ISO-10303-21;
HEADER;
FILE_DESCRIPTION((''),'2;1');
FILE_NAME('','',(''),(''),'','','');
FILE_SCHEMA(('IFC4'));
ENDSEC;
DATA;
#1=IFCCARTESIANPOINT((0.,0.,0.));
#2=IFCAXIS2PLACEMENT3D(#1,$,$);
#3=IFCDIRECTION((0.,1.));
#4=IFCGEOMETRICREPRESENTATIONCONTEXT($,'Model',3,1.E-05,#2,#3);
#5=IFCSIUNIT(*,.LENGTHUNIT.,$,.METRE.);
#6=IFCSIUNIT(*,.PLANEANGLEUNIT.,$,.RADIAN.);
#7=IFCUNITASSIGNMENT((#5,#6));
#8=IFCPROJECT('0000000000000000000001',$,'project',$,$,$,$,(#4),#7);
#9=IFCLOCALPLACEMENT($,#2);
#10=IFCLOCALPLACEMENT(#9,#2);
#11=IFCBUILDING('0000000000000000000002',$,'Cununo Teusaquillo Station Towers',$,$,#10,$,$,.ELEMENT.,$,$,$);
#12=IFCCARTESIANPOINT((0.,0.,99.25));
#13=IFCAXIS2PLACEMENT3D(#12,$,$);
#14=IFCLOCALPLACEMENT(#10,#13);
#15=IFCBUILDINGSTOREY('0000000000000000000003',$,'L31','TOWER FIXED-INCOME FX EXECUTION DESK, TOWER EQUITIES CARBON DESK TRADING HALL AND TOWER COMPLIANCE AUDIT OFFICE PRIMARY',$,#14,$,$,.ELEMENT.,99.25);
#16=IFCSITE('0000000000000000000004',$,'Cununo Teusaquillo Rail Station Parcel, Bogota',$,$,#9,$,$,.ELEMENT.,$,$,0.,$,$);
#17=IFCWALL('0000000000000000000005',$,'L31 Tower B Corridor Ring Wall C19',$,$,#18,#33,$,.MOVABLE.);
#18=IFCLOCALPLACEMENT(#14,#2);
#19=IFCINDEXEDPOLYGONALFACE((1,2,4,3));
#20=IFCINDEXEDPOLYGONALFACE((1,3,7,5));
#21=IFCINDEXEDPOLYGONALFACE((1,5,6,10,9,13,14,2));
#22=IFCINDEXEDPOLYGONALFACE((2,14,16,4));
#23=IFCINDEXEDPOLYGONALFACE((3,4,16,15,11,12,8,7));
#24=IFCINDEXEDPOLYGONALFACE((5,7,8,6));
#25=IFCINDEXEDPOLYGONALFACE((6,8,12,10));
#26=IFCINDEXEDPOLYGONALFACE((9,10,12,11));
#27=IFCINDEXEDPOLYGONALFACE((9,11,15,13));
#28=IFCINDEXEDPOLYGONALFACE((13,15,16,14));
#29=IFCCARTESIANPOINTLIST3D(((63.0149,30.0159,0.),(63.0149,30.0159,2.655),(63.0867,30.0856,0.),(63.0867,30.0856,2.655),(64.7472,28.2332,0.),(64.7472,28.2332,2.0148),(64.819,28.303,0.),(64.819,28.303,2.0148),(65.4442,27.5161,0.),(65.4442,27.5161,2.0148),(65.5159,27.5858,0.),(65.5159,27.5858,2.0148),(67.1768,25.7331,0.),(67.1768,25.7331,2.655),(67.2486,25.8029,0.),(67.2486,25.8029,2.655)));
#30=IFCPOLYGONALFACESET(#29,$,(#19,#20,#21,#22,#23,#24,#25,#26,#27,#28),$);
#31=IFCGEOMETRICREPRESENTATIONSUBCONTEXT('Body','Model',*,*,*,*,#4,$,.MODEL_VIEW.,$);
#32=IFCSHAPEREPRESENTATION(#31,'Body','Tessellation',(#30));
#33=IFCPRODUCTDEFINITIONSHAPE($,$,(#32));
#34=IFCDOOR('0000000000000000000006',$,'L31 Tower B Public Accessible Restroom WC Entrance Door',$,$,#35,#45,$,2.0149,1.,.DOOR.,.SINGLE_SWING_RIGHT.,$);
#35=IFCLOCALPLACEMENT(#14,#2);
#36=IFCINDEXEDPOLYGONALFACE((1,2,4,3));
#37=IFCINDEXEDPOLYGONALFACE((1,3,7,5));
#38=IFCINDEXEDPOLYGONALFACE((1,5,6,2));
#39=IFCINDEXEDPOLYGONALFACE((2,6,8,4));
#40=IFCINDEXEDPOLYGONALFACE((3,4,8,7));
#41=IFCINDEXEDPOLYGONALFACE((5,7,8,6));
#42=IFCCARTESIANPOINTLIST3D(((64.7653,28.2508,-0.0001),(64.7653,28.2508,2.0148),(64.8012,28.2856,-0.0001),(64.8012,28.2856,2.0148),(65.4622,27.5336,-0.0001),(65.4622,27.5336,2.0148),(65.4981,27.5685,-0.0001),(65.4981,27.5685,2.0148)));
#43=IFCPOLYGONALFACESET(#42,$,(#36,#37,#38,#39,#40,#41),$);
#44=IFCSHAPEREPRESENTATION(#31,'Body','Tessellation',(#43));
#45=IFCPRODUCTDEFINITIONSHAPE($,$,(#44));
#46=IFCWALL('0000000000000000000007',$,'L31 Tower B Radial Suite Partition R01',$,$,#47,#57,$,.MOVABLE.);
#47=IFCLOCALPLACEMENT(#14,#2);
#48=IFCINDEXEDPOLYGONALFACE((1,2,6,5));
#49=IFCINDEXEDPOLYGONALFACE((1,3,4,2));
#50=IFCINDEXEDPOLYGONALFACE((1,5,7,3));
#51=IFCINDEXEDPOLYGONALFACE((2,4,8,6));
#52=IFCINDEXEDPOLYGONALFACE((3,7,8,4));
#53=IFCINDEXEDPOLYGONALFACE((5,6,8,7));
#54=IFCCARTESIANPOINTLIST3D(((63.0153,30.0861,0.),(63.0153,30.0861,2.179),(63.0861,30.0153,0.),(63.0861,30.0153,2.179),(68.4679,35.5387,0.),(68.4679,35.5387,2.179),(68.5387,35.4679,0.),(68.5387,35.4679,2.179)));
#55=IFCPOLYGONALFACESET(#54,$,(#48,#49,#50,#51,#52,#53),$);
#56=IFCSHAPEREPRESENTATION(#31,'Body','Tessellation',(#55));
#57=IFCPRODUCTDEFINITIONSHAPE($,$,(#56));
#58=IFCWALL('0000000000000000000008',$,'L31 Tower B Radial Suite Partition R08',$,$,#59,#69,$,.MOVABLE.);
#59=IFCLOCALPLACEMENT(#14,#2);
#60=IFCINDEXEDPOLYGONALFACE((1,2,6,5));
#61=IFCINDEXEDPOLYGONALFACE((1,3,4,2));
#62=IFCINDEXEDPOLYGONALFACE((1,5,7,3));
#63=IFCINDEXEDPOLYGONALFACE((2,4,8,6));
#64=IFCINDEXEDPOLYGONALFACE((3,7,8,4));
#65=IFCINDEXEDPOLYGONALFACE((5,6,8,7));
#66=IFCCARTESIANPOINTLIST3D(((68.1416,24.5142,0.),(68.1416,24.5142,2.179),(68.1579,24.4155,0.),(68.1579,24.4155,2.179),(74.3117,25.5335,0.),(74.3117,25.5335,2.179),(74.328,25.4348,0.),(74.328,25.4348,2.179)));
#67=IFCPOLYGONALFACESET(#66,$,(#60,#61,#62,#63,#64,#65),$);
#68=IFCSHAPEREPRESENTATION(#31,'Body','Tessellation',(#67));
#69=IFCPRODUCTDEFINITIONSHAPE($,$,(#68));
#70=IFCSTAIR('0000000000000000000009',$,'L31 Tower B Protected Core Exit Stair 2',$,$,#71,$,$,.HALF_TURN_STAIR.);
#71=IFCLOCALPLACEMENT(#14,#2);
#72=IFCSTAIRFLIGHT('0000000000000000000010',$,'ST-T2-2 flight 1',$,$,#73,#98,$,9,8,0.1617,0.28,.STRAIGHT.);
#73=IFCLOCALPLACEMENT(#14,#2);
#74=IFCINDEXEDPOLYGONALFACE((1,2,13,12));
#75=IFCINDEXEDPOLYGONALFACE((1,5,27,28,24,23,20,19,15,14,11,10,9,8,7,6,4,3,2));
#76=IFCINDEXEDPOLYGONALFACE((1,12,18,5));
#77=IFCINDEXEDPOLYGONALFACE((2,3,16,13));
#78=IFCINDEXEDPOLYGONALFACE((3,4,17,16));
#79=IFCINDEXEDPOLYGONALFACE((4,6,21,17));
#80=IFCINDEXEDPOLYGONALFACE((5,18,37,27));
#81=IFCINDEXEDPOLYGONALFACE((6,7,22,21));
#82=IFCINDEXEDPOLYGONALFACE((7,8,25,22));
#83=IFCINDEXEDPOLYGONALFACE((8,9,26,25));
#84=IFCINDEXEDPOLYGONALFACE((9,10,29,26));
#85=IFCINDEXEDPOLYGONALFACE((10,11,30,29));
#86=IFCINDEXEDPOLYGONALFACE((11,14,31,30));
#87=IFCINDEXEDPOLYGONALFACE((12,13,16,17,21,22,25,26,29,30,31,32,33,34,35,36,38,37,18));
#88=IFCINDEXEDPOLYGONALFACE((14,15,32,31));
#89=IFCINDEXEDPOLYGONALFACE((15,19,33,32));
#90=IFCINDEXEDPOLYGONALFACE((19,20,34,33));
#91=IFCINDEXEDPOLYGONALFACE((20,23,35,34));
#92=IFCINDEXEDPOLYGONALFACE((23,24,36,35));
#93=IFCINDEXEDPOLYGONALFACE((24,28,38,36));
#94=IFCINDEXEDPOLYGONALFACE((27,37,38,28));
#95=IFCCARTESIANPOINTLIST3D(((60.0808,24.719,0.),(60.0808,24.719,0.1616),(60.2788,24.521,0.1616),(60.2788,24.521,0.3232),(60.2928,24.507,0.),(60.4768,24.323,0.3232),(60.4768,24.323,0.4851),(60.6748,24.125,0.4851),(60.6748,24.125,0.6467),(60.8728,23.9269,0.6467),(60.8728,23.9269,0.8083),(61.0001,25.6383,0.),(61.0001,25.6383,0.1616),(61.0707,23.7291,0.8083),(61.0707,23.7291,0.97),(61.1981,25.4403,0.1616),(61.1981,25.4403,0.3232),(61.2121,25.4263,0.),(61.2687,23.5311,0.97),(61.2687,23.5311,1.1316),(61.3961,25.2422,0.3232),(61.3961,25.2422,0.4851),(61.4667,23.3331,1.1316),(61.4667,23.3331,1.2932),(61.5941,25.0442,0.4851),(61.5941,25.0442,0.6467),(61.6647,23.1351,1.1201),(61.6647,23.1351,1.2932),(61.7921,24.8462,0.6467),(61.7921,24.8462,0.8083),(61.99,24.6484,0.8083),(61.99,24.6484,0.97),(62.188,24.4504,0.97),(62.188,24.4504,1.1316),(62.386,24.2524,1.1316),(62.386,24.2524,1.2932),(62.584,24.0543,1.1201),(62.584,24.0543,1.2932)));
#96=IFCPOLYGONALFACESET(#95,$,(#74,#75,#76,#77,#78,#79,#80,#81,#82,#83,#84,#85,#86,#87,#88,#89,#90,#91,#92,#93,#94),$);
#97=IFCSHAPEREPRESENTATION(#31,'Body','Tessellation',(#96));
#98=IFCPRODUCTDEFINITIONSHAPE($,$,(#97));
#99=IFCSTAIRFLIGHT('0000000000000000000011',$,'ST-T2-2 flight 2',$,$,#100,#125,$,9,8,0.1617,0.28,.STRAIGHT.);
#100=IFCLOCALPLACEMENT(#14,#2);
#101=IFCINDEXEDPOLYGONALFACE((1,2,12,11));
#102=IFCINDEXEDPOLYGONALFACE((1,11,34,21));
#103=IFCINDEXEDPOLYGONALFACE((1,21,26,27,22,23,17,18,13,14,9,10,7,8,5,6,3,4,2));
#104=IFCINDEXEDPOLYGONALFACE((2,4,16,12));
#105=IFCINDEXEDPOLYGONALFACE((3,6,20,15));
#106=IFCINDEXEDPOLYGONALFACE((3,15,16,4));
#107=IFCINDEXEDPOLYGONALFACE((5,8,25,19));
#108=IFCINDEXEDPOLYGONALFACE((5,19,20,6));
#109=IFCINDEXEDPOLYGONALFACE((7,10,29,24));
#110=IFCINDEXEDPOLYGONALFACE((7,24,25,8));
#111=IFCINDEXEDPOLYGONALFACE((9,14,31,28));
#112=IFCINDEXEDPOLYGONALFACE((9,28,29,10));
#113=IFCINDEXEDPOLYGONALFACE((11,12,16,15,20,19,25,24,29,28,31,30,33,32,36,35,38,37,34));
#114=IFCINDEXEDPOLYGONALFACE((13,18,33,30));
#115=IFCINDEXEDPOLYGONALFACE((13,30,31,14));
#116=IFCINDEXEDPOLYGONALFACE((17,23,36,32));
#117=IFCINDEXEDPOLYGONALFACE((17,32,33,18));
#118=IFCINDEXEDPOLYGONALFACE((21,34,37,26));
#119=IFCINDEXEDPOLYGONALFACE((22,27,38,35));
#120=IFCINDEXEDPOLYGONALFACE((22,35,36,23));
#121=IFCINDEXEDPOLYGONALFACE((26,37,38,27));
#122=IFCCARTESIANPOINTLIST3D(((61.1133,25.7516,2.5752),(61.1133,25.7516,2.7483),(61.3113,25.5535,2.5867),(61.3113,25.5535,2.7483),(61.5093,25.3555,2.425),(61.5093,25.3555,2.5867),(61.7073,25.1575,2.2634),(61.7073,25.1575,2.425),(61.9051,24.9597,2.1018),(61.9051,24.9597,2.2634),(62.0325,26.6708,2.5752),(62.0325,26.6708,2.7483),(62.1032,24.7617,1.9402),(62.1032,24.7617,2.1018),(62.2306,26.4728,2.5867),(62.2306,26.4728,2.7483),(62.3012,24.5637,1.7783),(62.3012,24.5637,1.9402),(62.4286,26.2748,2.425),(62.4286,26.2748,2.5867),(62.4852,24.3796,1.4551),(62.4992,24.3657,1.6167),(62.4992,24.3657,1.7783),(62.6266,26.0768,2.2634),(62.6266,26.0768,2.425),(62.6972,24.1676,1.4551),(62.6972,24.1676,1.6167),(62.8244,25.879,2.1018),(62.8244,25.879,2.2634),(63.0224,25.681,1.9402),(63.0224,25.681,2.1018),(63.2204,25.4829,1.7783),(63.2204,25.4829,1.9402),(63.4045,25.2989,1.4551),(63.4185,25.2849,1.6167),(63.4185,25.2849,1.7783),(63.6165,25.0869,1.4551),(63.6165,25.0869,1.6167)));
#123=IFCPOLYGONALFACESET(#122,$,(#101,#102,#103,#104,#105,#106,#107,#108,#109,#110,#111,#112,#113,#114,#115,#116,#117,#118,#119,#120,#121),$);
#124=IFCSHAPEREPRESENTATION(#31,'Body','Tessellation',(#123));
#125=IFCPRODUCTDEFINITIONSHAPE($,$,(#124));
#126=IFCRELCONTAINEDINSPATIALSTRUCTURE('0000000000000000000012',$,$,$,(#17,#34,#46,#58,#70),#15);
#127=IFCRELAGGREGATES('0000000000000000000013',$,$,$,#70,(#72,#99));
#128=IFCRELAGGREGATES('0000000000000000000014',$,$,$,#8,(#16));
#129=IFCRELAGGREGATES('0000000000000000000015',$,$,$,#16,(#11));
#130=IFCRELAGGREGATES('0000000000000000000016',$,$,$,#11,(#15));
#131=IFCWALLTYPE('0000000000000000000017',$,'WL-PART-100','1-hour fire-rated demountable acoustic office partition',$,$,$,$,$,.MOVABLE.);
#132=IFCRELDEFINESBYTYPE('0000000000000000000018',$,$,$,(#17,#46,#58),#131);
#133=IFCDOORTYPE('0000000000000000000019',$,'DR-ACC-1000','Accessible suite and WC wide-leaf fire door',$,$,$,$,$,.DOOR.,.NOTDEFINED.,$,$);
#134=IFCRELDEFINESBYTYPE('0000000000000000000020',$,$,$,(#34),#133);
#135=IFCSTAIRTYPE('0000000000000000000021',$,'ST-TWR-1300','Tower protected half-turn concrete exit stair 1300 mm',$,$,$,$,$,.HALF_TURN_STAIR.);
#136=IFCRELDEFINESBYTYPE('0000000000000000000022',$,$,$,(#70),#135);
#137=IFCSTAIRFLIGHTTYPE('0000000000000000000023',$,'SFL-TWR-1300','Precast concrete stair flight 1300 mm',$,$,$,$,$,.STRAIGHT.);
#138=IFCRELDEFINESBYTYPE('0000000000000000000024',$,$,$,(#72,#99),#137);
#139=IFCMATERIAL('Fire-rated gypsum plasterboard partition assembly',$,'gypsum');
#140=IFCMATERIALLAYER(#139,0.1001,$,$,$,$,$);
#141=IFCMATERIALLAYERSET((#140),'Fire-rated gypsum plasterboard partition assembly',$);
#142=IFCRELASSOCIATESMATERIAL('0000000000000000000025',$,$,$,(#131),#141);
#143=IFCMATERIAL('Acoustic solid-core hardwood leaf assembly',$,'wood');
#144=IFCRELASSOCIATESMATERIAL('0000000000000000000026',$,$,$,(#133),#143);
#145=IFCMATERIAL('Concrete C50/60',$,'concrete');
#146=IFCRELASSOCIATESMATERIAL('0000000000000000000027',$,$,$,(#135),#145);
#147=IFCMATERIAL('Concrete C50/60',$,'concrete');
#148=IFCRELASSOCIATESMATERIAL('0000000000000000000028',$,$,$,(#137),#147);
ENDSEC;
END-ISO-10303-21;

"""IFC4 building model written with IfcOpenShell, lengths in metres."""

from ifc_helpers import new_model, si_unit, direction, frame, frame_2d, origin, place, context, subcontext, project, spatial, polyline, rectangle, outline, extrude, source, transform, mapped, material, layer, layer_set, type_object, element, fill, aggregate, save


model = new_model("IFC4")

# Units and contexts
model_context = context("Model", 3, precision=1e-05, world=origin(), true_north=direction((0.0, 1.0)))
body_context = subcontext(model_context, "Body", "Model", "MODEL_VIEW")
ifc_project = project(units=[si_unit("LENGTHUNIT", "METRE"), si_unit("PLANEANGLEUNIT", "RADIAN")], contexts=[model_context])

# Site, building, storey
site_placement = place(None, origin())
site = spatial("IfcSite", under=ifc_project, at=site_placement, Name="Cununo Teusaquillo Rail Station Parcel, Bogota", CompositionType="ELEMENT", RefElevation=0.0)
building_placement = place(site_placement, origin())
building = spatial("IfcBuilding", under=site, at=building_placement, Name="Cununo Teusaquillo Station Towers", CompositionType="ELEMENT")
storey_placement = place(building_placement, frame((0.0, 0.0, 99.25)))
storey = spatial("IfcBuildingStorey", under=building, at=storey_placement, Name="L31", Description="TOWER FIXED-INCOME FX EXECUTION DESK, TOWER EQUITIES CARBON DESK TRADING HALL AND TOWER COMPLIANCE AUDIT OFFICE PRIMARY", CompositionType="ELEMENT", Elevation=99.25)

# Shared definitions
ifc_material_1 = material(Name="Fire-rated gypsum plasterboard partition assembly", Category="gypsum")
ifc_layer_1 = layer(ifc_material_1, 0.1001)
ifc_layer_set_1 = layer_set([ifc_layer_1], Name="Fire-rated gypsum plasterboard partition assembly")
wall_type_1 = type_object("IfcWallType", Name="WL-PART-100", Description="1-hour fire-rated demountable acoustic office partition", PredefinedType="MOVABLE", material=ifc_layer_set_1)

# Wall, opening, door
wall_1_placement = place(storey_placement, frame((67.2126, 25.7681, 0.0), z_axis=(0.0, 0.0, 1.0), x_axis=(-0.696916, 0.717153, 0.0)))
wall_1 = element("IfcWall", 1, at=wall_1_placement, inside=storey, type_object=wall_type_1, Name="L31 Tower B Corridor Ring Wall C19", PredefinedType="MOVABLE", context=body_context, shape_type="SweptSolid", body=[
    extrude(rectangle(XDim=5.9719, YDim=0.1001, at=frame_2d((2.9858, 0.0))), origin(), (0.0, 0.0, 1.0), 2.655),
])
shared_shape_1 = source(origin(), body_context, "Body", "SweptSolid", [
    extrude(rectangle(XDim=1.0, YDim=2.0149, at=frame_2d((0.5, 1.0073))), frame((0.0, 0.0601, 0.0), z_axis=(0.0, -1.0, 0.0), x_axis=(1.0, 0.0, 0.0)), (0.0, 0.0, 1.0), 0.1201),
])
opening_1_placement = place(wall_1_placement, frame((2.4861, 0.0, 0.0)))
opening_1 = element("IfcOpeningElement", 2, at=opening_1_placement, cuts=wall_1, PredefinedType="OPENING", context=body_context, shape_type="MappedRepresentation", body=[
    mapped(shared_shape_1, transform((0.0, 0.0, 0.0), x_axis=(1.0, 0.0, 0.0), y_axis=(0.0, 1.0, 0.0), z_axis=(0.0, 0.0, 1.0), scale=1.0)),
])
ifc_material_2 = material(Name="Acoustic solid-core hardwood leaf assembly", Category="wood")
door_type = type_object("IfcDoorType", Name="DR-ACC-1000", Description="Accessible suite and WC wide-leaf fire door", OperationType="NOTDEFINED", PredefinedType="DOOR", material=ifc_material_2)
shared_shape_2 = source(origin(), body_context, "Body", "SweptSolid", [
    extrude(rectangle(XDim=1.0, YDim=2.0149, at=frame_2d((0.5, 1.0073))), frame((0.0, 0.0249, 0.0), z_axis=(0.0, -1.0, 0.0), x_axis=(1.0, 0.0, 0.0)), (0.0, 0.0, 1.0), 0.05),
])
door_placement = place(opening_1_placement, origin())
door = element("IfcDoor", 3, at=door_placement, inside=storey, type_object=door_type, Name="L31 Tower B Public Accessible Restroom WC Entrance Door", OperationType="SINGLE_SWING_RIGHT", OverallHeight=2.0149, OverallWidth=1.0, PredefinedType="DOOR", context=body_context, shape_type="MappedRepresentation", body=[
    mapped(shared_shape_2, transform((0.0, 0.0, 0.0), x_axis=(1.0, 0.0, 0.0), y_axis=(0.0, 1.0, 0.0), z_axis=(0.0, 0.0, 1.0), scale=1.0)),
])
fill(opening_1, door)

# Walls
wall_2_placement = place(storey_placement, frame((63.0508, 30.0508, 0.0), z_axis=(0.0, 0.0, 1.0), x_axis=(0.707107, 0.707107, 0.0)))
element("IfcWall", 4, at=wall_2_placement, inside=storey, type_object=wall_type_1, Name="L31 Tower B Radial Suite Partition R01", PredefinedType="MOVABLE", context=body_context, shape_type="SweptSolid", body=[
    extrude(rectangle(XDim=7.7112, YDim=0.1001, at=frame_2d((3.8555, 0.0))), origin(), (0.0, 0.0, 1.0), 2.179),
])
wall_3_placement = place(storey_placement, frame((68.1497, 24.4648, 0.0), z_axis=(0.0, 0.0, 1.0), x_axis=(0.986627, 0.162993, 0.0)))
element("IfcWall", 5, at=wall_3_placement, inside=storey, type_object=wall_type_1, Name="L31 Tower B Radial Suite Partition R08", PredefinedType="MOVABLE", context=body_context, shape_type="SweptSolid", body=[
    extrude(rectangle(XDim=6.2537, YDim=0.1001, at=frame_2d((3.127, 0.0))), origin(), (0.0, 0.0, 1.0), 2.179),
])

# Stair, stair flights
ifc_material_3 = material(Name="Concrete C50/60", Category="concrete")
stair_type = type_object("IfcStairType", Name="ST-TWR-1300", Description="Tower protected half-turn concrete exit stair 1300 mm", PredefinedType="HALF_TURN_STAIR", material=ifc_material_3)
stair_placement = place(storey_placement, origin())
stair = element("IfcStair", 6, at=stair_placement, inside=storey, type_object=stair_type, Name="L31 Tower B Protected Core Exit Stair 2", PredefinedType="HALF_TURN_STAIR")
ifc_material_4 = material(Name="Concrete C50/60", Category="concrete")
stair_flight_type = type_object("IfcStairFlightType", Name="SFL-TWR-1300", Description="Precast concrete stair flight 1300 mm", PredefinedType="STRAIGHT", material=ifc_material_4)
stair_flight_1_placement = place(storey_placement, frame((60.5405, 25.1787, 0.0), z_axis=(0.0, 0.0, 1.0), x_axis=(0.707107, -0.707107, 0.0)))
stair_flight_1 = element("IfcStairFlight", 7, at=stair_flight_1_placement, type_object=stair_flight_type, Name="ST-T2-2 flight 1", NumberOfRisers=9, NumberOfTreads=8, PredefinedType="STRAIGHT", RiserHeight=0.1617, TreadLength=0.28, context=body_context, shape_type="SweptSolid", body=[
    extrude(outline(polyline([(0.0, 0.0), (0.0, 0.1616), (0.28, 0.1616), (0.28, 0.3232), (0.5601, 0.3232), (0.5601, 0.4851), (0.8401, 0.4851), (0.8401, 0.6467), (1.1201, 0.6467), (1.1201, 0.8083), (1.3999, 0.8083), (1.3999, 0.97), (1.6799, 0.97), (1.6799, 1.1316), (1.96, 1.1316), (1.96, 1.2932), (2.24, 1.2932), (2.24, 1.4551), (2.24, 1.1201), (0.2998, 0.0), (0.0, 0.0)])), frame((0.0, 0.6499, 0.0), z_axis=(0.0, -1.0, 0.0), x_axis=(1.0, 0.0, 0.0)), (0.0, 0.0, 1.0), 1.3),
])
stair_flight_2_placement = place(storey_placement, frame((63.1567, 24.6272, 1.4551), z_axis=(0.0, 0.0, 1.0), x_axis=(-0.707107, 0.707107, 0.0)))
stair_flight_2 = element("IfcStairFlight", 8, at=stair_flight_2_placement, type_object=stair_flight_type, Name="ST-T2-2 flight 2", NumberOfRisers=9, NumberOfTreads=8, PredefinedType="STRAIGHT", RiserHeight=0.1617, TreadLength=0.28, context=body_context, shape_type="SweptSolid", body=[
    extrude(outline(polyline([(0.0, 0.0), (0.0, 0.1616), (0.28, 0.1616), (0.28, 0.3232), (0.5601, 0.3232), (0.5601, 0.4851), (0.8401, 0.4851), (0.8401, 0.6467), (1.1201, 0.6467), (1.1201, 0.8083), (1.3999, 0.8083), (1.3999, 0.97), (1.6799, 0.97), (1.6799, 1.1316), (1.96, 1.1316), (1.96, 1.2932), (2.24, 1.2932), (2.24, 1.4551), (2.24, 1.1201), (0.2998, 0.0), (0.0, 0.0)])), frame((0.0, 0.6499, 0.0), z_axis=(0.0, -1.0, 0.0), x_axis=(1.0, 0.0, 0.0)), (0.0, 0.0, 1.0), 1.3),
])
aggregate(stair, [stair_flight_1, stair_flight_2])

save(model, "model.ifc")
